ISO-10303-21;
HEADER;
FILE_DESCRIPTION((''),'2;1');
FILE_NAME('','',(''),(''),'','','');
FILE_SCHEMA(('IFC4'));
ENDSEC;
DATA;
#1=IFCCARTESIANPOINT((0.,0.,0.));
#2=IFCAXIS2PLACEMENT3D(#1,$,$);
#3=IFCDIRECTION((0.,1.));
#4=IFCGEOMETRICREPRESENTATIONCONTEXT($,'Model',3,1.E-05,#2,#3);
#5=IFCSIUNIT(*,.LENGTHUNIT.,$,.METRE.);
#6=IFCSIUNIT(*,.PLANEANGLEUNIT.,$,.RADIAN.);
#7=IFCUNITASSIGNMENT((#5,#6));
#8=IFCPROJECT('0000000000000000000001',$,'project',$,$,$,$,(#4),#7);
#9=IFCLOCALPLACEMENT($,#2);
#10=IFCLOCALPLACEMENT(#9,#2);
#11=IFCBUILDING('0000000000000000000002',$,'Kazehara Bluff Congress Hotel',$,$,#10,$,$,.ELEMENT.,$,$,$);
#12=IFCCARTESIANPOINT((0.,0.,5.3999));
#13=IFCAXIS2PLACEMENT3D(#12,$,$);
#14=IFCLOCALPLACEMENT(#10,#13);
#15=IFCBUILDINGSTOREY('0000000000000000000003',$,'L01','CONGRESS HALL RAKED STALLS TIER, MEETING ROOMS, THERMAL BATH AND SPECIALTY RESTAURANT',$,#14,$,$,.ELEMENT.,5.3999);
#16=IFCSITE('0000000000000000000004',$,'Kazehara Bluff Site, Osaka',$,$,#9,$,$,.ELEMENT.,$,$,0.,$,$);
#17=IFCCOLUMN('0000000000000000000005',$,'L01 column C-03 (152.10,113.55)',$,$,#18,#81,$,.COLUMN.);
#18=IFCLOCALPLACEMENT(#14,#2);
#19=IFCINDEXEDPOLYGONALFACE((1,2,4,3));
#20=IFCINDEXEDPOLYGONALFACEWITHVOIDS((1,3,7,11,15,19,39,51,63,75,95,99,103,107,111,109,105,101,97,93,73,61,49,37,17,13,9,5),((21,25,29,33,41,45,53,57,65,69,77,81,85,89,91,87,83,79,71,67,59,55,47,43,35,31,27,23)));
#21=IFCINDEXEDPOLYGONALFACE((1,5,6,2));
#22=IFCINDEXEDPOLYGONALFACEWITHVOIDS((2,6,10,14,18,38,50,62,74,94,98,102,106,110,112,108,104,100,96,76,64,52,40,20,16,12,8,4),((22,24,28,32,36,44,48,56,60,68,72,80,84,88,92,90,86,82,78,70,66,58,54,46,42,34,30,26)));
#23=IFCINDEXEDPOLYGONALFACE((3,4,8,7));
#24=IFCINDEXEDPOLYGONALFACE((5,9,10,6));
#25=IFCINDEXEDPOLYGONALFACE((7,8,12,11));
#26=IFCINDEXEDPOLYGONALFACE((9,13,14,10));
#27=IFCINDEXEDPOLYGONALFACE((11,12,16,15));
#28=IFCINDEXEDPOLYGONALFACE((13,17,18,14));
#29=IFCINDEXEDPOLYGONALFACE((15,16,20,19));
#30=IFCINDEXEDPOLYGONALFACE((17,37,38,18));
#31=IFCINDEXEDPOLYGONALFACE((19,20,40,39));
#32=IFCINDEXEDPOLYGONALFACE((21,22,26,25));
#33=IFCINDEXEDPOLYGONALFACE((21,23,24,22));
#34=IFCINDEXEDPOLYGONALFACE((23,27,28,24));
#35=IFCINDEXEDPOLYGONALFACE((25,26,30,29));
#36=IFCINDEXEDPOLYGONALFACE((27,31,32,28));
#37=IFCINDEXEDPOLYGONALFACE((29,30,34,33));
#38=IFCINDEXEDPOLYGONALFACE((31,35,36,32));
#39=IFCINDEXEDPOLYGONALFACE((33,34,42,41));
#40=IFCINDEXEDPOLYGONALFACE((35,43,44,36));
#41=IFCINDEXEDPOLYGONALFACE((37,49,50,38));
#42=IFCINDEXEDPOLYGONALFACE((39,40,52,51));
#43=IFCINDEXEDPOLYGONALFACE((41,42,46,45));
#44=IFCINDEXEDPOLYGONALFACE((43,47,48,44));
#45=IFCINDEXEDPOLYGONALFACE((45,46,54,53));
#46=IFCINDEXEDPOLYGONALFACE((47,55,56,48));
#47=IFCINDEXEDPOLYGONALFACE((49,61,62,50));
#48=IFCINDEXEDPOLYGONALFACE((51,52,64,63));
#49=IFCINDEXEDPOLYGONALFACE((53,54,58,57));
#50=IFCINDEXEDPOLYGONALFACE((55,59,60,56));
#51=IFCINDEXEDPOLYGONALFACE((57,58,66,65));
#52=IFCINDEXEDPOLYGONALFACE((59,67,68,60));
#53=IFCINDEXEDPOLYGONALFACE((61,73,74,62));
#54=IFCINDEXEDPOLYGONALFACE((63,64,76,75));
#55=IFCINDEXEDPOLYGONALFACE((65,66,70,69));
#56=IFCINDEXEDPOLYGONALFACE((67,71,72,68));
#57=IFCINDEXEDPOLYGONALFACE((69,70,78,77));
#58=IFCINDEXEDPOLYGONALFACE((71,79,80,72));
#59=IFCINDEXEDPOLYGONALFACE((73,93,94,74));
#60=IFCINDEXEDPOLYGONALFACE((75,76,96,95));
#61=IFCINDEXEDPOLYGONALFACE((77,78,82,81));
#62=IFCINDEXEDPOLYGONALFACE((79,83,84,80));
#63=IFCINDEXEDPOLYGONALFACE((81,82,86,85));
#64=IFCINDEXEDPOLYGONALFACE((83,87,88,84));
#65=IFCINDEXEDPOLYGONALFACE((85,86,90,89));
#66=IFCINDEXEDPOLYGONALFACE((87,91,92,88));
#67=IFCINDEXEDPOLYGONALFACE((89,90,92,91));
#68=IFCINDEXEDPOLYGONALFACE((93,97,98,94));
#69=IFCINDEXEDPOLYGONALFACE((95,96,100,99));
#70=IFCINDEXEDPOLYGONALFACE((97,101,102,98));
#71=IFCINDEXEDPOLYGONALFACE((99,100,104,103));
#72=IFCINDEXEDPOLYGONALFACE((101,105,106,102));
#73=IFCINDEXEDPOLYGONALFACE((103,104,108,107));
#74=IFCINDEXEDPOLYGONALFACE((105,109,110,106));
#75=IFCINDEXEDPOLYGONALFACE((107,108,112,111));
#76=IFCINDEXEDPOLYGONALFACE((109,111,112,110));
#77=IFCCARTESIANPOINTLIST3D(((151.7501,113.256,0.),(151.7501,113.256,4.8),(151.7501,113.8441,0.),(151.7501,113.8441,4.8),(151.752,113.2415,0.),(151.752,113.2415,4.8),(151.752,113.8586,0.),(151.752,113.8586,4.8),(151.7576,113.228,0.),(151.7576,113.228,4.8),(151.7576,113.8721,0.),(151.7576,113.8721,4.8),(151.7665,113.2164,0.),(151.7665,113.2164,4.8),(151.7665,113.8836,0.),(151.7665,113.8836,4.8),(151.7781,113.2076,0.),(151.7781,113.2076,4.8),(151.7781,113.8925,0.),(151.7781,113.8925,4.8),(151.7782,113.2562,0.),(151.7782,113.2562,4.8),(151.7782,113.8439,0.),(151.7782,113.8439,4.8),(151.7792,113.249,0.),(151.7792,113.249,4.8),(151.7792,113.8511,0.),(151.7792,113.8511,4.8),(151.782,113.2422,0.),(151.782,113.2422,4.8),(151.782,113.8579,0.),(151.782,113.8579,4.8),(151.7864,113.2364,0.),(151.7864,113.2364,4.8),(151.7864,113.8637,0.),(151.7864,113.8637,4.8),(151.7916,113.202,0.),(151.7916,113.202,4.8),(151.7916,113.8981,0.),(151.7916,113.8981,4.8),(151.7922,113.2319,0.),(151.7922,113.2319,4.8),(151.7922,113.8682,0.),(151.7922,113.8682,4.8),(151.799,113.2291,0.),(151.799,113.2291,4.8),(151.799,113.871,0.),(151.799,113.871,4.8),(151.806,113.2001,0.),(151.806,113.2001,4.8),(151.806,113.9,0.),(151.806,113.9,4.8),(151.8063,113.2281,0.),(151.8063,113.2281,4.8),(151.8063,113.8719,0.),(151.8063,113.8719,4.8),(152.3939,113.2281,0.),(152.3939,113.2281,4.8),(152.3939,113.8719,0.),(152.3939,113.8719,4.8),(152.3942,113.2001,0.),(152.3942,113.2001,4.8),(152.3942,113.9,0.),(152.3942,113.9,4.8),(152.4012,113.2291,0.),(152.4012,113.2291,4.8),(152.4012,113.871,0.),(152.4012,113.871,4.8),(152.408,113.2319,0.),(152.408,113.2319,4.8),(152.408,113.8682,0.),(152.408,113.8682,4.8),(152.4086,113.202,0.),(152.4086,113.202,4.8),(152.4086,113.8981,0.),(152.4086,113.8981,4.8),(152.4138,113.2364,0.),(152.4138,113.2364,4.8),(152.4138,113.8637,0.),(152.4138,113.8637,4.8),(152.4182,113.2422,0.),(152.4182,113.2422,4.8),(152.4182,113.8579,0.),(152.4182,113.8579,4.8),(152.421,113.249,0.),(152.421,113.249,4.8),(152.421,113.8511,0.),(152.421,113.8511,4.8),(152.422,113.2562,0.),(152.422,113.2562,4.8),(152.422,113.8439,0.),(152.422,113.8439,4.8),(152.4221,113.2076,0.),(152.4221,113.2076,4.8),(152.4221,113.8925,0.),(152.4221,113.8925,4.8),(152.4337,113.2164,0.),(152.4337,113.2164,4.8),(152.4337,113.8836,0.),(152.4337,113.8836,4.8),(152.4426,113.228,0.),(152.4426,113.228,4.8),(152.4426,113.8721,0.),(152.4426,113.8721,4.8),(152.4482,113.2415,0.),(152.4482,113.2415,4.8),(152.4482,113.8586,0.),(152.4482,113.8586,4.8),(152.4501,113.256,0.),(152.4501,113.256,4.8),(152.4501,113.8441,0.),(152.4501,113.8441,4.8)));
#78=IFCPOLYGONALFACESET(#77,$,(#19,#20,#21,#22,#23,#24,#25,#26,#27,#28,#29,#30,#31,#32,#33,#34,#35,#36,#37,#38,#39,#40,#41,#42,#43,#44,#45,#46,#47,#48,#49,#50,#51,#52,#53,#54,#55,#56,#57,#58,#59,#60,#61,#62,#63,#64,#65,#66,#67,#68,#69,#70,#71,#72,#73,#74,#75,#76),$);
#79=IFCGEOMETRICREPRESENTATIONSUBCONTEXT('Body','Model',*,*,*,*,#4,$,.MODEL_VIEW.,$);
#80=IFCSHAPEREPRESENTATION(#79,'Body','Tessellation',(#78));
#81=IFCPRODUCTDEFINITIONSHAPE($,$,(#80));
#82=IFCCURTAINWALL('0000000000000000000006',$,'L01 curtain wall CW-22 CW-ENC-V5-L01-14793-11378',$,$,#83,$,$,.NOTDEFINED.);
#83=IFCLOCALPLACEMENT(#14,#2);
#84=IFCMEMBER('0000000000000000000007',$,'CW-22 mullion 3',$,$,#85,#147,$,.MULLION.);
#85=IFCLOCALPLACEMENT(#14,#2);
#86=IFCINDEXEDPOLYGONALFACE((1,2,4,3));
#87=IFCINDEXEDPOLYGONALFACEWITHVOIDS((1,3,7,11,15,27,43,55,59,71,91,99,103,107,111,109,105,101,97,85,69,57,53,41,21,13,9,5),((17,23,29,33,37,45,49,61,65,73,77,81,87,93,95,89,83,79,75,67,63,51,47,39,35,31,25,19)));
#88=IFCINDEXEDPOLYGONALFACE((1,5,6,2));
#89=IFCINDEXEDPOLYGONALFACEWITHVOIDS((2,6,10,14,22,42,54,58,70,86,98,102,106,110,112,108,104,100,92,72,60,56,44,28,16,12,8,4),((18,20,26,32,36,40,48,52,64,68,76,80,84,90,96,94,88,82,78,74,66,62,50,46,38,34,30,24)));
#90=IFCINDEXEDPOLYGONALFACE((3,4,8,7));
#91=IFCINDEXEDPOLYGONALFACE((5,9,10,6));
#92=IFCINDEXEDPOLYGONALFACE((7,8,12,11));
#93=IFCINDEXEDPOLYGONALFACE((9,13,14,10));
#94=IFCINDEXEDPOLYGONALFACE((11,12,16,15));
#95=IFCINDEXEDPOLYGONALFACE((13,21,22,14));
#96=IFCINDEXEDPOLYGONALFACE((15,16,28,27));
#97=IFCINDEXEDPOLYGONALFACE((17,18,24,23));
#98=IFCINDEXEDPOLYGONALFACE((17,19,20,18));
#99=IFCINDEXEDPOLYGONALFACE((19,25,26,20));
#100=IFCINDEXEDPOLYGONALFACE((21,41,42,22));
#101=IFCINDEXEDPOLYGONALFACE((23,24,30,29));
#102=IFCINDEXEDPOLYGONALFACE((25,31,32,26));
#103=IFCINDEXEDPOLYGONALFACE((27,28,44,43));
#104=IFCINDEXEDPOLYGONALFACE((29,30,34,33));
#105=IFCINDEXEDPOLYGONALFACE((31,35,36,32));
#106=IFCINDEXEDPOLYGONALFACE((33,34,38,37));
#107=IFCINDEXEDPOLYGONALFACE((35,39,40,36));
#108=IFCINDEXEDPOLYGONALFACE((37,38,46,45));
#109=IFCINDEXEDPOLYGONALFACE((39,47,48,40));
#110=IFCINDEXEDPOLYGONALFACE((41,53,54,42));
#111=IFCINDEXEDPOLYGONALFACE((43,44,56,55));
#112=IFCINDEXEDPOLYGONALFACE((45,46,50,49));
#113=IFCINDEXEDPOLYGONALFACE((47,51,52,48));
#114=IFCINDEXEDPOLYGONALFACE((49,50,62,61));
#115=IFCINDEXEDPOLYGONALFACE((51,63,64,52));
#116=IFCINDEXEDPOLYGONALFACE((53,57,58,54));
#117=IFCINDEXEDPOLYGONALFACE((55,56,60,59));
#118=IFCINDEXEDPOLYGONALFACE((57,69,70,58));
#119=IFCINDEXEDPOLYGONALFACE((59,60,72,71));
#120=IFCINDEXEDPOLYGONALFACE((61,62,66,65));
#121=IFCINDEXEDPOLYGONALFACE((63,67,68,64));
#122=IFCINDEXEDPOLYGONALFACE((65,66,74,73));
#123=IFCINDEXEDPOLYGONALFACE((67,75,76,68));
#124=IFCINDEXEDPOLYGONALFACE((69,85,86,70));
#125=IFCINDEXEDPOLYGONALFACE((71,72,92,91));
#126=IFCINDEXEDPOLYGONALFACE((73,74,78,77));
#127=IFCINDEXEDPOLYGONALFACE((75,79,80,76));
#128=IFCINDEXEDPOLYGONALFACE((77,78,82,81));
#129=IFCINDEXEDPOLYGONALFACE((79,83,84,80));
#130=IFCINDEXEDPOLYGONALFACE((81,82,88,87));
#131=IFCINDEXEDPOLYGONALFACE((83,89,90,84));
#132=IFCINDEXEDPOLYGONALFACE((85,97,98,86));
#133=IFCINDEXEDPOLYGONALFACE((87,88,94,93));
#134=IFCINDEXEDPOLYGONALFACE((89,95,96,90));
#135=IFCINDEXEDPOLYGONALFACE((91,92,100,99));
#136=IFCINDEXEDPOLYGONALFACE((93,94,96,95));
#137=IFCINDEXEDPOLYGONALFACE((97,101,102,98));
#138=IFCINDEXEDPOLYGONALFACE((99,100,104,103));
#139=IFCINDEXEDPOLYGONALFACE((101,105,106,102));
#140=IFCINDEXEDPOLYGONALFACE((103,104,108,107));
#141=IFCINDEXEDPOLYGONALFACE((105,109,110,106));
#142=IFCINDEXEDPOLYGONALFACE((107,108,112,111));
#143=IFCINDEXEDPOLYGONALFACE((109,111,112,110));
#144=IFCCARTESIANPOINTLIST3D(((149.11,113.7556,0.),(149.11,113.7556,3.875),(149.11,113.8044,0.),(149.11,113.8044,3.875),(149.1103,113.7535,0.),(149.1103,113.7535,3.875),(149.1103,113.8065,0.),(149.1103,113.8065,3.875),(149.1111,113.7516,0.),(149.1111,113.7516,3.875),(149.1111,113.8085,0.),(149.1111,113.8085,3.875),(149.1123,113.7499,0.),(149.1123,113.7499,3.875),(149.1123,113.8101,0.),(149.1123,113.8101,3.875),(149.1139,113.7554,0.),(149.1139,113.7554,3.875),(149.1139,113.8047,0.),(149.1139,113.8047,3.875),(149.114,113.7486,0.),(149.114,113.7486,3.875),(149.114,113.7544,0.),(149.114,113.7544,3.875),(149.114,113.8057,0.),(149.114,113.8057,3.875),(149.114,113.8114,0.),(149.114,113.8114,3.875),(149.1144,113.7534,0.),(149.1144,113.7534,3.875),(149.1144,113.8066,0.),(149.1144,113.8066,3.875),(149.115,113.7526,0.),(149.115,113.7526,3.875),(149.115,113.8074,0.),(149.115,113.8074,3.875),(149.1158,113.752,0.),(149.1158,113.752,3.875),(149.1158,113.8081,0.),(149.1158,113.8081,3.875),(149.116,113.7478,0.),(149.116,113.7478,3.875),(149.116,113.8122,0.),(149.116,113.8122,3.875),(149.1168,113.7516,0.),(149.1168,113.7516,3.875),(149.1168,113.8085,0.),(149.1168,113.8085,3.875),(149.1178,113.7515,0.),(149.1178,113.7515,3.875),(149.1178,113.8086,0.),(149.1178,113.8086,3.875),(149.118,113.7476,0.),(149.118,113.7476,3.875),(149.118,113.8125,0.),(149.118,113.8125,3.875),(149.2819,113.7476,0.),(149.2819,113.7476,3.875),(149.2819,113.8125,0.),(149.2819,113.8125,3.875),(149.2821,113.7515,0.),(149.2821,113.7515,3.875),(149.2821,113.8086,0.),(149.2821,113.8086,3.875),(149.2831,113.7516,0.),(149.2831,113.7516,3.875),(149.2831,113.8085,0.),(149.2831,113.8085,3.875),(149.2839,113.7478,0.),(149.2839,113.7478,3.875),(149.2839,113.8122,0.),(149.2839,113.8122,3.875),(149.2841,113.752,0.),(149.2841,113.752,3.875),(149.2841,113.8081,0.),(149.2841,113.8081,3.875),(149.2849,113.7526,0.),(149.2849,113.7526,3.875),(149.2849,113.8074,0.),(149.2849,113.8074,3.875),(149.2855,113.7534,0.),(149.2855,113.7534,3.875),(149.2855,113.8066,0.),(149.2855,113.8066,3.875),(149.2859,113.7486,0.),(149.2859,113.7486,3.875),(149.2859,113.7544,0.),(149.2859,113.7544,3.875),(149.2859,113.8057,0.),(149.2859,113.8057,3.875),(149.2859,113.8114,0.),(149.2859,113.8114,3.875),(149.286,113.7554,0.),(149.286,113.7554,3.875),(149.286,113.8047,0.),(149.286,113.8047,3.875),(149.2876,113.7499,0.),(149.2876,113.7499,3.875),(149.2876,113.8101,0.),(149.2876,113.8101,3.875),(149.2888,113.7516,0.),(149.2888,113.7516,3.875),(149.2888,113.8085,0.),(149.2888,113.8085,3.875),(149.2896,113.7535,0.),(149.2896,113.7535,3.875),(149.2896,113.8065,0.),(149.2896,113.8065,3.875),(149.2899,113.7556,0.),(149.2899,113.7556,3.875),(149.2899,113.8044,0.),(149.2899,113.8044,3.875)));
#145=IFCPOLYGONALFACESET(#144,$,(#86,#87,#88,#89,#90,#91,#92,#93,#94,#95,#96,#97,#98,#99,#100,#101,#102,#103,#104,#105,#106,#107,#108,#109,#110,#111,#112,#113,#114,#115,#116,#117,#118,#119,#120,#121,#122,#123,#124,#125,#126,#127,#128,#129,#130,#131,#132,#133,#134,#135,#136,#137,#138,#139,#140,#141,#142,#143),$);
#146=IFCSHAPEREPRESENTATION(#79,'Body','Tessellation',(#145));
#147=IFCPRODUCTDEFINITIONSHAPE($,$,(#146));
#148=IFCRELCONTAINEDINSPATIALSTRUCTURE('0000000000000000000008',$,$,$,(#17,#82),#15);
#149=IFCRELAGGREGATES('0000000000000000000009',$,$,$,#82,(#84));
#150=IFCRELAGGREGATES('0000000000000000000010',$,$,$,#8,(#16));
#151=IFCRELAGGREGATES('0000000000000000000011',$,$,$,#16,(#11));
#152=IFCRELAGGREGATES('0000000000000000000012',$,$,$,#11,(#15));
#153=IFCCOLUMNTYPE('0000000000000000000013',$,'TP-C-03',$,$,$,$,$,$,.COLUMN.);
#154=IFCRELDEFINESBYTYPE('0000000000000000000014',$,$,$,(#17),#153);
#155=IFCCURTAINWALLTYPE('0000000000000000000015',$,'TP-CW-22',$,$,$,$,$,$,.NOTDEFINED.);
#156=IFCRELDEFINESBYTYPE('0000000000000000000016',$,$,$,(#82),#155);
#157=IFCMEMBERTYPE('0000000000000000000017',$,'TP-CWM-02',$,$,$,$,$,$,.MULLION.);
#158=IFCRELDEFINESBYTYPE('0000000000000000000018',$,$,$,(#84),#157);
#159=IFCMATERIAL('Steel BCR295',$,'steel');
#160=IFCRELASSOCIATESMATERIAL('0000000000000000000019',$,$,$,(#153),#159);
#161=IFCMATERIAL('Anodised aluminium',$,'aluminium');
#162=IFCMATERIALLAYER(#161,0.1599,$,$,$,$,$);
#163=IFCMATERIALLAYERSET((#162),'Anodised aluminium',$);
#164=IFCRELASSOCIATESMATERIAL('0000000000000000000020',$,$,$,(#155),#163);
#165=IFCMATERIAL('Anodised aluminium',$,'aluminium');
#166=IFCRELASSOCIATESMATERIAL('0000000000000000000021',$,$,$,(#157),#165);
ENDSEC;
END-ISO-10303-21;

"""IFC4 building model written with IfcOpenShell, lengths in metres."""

from ifc_helpers import new_model, si_unit, direction, frame, origin, origin_2d, place, context, subcontext, project, spatial, hollow_rectangle, extrude, material, layer, layer_set, material_profile, profile_set, type_object, element, aggregate, save


model = new_model("IFC4")

# Units and contexts
model_context = context("Model", 3, precision=1e-05, world=origin(), true_north=direction((0.0, 1.0)))
body_context = subcontext(model_context, "Body", "Model", "MODEL_VIEW")
ifc_project = project(units=[si_unit("LENGTHUNIT", "METRE"), si_unit("PLANEANGLEUNIT", "RADIAN")], contexts=[model_context])

# Site, building, storey
site_placement = place(None, origin())
site = spatial("IfcSite", under=ifc_project, at=site_placement, Name="Kazehara Bluff Site, Osaka", CompositionType="ELEMENT", RefElevation=0.0)
building_placement = place(site_placement, origin())
building = spatial("IfcBuilding", under=site, at=building_placement, Name="Kazehara Bluff Congress Hotel", CompositionType="ELEMENT")
storey_placement = place(building_placement, frame((0.0, 0.0, 5.3999)))
storey = spatial("IfcBuildingStorey", under=building, at=storey_placement, Name="L01", Description="CONGRESS HALL RAKED STALLS TIER, MEETING ROOMS, THERMAL BATH AND SPECIALTY RESTAURANT", CompositionType="ELEMENT", Elevation=5.3999)

# Column
ifc_material_1 = material(Name="Steel BCR295", Category="steel")
ifc_material_profile_1 = material_profile(ifc_material_1, hollow_rectangle(XDim=0.7, YDim=0.7, WallThickness=0.0281, InnerFilletRadius=0.0281, OuterFilletRadius=0.0559, at=origin_2d()))
ifc_profile_set_1 = profile_set([ifc_material_profile_1], Name="Steel BCR295")
column_type = type_object("IfcColumnType", Name="TP-C-03", PredefinedType="COLUMN", material=ifc_profile_set_1)
column_placement = place(storey_placement, frame((152.1001, 113.55, 0.0), z_axis=(0.0, 0.0, 1.0), x_axis=(1.0, 0.0, 0.0)))
element("IfcColumn", 1, at=column_placement, inside=storey, type_object=column_type, Name="L01 column C-03 (152.10,113.55)", PredefinedType="COLUMN", context=body_context, shape_type="SweptSolid", body=[
    extrude(hollow_rectangle(XDim=0.7, YDim=0.7, WallThickness=0.0281, InnerFilletRadius=0.0281, OuterFilletRadius=0.0559, at=origin_2d()), origin(), (0.0, 0.0, 1.0), 4.8),
])

# Curtain wall, member
ifc_material_2 = material(Name="Anodised aluminium", Category="aluminium")
ifc_layer_1 = layer(ifc_material_2, 0.1599)
ifc_layer_set_1 = layer_set([ifc_layer_1], Name="Anodised aluminium")
curtain_wall_type = type_object("IfcCurtainWallType", Name="TP-CW-22", PredefinedType="NOTDEFINED", material=ifc_layer_set_1)
curtain_wall_1_placement = place(storey_placement, origin())
curtain_wall_1 = element("IfcCurtainWall", 2, at=curtain_wall_1_placement, inside=storey, type_object=curtain_wall_type, Name="L01 curtain wall CW-22 CW-ENC-V5-L01-14793-11378", PredefinedType="NOTDEFINED")
ifc_material_3 = material(Name="Anodised aluminium", Category="aluminium")
ifc_material_profile_2 = material_profile(ifc_material_3, hollow_rectangle(XDim=0.0649, YDim=0.1799, WallThickness=0.0039, InnerFilletRadius=0.0039, OuterFilletRadius=0.0081, at=origin_2d()))
ifc_profile_set_2 = profile_set([ifc_material_profile_2], Name="Anodised aluminium")
member_type_1 = type_object("IfcMemberType", Name="TP-CWM-02", PredefinedType="MULLION", material=ifc_profile_set_2)
member_1_placement = place(storey_placement, frame((149.2, 113.78, 0.0), z_axis=(0.0, 0.0, 1.0), x_axis=(0.0, 1.0, 0.0)))
member_1 = element("IfcMember", 3, at=member_1_placement, type_object=member_type_1, Name="CW-22 mullion 3", PredefinedType="MULLION", context=body_context, shape_type="SweptSolid", body=[
    extrude(hollow_rectangle(XDim=0.0649, YDim=0.1799, WallThickness=0.0039, InnerFilletRadius=0.0039, OuterFilletRadius=0.0081, at=origin_2d()), origin(), (0.0, 0.0, 1.0), 3.875),
])

aggregate(curtain_wall_1, [member_1])

save(model, "model.ifc")
